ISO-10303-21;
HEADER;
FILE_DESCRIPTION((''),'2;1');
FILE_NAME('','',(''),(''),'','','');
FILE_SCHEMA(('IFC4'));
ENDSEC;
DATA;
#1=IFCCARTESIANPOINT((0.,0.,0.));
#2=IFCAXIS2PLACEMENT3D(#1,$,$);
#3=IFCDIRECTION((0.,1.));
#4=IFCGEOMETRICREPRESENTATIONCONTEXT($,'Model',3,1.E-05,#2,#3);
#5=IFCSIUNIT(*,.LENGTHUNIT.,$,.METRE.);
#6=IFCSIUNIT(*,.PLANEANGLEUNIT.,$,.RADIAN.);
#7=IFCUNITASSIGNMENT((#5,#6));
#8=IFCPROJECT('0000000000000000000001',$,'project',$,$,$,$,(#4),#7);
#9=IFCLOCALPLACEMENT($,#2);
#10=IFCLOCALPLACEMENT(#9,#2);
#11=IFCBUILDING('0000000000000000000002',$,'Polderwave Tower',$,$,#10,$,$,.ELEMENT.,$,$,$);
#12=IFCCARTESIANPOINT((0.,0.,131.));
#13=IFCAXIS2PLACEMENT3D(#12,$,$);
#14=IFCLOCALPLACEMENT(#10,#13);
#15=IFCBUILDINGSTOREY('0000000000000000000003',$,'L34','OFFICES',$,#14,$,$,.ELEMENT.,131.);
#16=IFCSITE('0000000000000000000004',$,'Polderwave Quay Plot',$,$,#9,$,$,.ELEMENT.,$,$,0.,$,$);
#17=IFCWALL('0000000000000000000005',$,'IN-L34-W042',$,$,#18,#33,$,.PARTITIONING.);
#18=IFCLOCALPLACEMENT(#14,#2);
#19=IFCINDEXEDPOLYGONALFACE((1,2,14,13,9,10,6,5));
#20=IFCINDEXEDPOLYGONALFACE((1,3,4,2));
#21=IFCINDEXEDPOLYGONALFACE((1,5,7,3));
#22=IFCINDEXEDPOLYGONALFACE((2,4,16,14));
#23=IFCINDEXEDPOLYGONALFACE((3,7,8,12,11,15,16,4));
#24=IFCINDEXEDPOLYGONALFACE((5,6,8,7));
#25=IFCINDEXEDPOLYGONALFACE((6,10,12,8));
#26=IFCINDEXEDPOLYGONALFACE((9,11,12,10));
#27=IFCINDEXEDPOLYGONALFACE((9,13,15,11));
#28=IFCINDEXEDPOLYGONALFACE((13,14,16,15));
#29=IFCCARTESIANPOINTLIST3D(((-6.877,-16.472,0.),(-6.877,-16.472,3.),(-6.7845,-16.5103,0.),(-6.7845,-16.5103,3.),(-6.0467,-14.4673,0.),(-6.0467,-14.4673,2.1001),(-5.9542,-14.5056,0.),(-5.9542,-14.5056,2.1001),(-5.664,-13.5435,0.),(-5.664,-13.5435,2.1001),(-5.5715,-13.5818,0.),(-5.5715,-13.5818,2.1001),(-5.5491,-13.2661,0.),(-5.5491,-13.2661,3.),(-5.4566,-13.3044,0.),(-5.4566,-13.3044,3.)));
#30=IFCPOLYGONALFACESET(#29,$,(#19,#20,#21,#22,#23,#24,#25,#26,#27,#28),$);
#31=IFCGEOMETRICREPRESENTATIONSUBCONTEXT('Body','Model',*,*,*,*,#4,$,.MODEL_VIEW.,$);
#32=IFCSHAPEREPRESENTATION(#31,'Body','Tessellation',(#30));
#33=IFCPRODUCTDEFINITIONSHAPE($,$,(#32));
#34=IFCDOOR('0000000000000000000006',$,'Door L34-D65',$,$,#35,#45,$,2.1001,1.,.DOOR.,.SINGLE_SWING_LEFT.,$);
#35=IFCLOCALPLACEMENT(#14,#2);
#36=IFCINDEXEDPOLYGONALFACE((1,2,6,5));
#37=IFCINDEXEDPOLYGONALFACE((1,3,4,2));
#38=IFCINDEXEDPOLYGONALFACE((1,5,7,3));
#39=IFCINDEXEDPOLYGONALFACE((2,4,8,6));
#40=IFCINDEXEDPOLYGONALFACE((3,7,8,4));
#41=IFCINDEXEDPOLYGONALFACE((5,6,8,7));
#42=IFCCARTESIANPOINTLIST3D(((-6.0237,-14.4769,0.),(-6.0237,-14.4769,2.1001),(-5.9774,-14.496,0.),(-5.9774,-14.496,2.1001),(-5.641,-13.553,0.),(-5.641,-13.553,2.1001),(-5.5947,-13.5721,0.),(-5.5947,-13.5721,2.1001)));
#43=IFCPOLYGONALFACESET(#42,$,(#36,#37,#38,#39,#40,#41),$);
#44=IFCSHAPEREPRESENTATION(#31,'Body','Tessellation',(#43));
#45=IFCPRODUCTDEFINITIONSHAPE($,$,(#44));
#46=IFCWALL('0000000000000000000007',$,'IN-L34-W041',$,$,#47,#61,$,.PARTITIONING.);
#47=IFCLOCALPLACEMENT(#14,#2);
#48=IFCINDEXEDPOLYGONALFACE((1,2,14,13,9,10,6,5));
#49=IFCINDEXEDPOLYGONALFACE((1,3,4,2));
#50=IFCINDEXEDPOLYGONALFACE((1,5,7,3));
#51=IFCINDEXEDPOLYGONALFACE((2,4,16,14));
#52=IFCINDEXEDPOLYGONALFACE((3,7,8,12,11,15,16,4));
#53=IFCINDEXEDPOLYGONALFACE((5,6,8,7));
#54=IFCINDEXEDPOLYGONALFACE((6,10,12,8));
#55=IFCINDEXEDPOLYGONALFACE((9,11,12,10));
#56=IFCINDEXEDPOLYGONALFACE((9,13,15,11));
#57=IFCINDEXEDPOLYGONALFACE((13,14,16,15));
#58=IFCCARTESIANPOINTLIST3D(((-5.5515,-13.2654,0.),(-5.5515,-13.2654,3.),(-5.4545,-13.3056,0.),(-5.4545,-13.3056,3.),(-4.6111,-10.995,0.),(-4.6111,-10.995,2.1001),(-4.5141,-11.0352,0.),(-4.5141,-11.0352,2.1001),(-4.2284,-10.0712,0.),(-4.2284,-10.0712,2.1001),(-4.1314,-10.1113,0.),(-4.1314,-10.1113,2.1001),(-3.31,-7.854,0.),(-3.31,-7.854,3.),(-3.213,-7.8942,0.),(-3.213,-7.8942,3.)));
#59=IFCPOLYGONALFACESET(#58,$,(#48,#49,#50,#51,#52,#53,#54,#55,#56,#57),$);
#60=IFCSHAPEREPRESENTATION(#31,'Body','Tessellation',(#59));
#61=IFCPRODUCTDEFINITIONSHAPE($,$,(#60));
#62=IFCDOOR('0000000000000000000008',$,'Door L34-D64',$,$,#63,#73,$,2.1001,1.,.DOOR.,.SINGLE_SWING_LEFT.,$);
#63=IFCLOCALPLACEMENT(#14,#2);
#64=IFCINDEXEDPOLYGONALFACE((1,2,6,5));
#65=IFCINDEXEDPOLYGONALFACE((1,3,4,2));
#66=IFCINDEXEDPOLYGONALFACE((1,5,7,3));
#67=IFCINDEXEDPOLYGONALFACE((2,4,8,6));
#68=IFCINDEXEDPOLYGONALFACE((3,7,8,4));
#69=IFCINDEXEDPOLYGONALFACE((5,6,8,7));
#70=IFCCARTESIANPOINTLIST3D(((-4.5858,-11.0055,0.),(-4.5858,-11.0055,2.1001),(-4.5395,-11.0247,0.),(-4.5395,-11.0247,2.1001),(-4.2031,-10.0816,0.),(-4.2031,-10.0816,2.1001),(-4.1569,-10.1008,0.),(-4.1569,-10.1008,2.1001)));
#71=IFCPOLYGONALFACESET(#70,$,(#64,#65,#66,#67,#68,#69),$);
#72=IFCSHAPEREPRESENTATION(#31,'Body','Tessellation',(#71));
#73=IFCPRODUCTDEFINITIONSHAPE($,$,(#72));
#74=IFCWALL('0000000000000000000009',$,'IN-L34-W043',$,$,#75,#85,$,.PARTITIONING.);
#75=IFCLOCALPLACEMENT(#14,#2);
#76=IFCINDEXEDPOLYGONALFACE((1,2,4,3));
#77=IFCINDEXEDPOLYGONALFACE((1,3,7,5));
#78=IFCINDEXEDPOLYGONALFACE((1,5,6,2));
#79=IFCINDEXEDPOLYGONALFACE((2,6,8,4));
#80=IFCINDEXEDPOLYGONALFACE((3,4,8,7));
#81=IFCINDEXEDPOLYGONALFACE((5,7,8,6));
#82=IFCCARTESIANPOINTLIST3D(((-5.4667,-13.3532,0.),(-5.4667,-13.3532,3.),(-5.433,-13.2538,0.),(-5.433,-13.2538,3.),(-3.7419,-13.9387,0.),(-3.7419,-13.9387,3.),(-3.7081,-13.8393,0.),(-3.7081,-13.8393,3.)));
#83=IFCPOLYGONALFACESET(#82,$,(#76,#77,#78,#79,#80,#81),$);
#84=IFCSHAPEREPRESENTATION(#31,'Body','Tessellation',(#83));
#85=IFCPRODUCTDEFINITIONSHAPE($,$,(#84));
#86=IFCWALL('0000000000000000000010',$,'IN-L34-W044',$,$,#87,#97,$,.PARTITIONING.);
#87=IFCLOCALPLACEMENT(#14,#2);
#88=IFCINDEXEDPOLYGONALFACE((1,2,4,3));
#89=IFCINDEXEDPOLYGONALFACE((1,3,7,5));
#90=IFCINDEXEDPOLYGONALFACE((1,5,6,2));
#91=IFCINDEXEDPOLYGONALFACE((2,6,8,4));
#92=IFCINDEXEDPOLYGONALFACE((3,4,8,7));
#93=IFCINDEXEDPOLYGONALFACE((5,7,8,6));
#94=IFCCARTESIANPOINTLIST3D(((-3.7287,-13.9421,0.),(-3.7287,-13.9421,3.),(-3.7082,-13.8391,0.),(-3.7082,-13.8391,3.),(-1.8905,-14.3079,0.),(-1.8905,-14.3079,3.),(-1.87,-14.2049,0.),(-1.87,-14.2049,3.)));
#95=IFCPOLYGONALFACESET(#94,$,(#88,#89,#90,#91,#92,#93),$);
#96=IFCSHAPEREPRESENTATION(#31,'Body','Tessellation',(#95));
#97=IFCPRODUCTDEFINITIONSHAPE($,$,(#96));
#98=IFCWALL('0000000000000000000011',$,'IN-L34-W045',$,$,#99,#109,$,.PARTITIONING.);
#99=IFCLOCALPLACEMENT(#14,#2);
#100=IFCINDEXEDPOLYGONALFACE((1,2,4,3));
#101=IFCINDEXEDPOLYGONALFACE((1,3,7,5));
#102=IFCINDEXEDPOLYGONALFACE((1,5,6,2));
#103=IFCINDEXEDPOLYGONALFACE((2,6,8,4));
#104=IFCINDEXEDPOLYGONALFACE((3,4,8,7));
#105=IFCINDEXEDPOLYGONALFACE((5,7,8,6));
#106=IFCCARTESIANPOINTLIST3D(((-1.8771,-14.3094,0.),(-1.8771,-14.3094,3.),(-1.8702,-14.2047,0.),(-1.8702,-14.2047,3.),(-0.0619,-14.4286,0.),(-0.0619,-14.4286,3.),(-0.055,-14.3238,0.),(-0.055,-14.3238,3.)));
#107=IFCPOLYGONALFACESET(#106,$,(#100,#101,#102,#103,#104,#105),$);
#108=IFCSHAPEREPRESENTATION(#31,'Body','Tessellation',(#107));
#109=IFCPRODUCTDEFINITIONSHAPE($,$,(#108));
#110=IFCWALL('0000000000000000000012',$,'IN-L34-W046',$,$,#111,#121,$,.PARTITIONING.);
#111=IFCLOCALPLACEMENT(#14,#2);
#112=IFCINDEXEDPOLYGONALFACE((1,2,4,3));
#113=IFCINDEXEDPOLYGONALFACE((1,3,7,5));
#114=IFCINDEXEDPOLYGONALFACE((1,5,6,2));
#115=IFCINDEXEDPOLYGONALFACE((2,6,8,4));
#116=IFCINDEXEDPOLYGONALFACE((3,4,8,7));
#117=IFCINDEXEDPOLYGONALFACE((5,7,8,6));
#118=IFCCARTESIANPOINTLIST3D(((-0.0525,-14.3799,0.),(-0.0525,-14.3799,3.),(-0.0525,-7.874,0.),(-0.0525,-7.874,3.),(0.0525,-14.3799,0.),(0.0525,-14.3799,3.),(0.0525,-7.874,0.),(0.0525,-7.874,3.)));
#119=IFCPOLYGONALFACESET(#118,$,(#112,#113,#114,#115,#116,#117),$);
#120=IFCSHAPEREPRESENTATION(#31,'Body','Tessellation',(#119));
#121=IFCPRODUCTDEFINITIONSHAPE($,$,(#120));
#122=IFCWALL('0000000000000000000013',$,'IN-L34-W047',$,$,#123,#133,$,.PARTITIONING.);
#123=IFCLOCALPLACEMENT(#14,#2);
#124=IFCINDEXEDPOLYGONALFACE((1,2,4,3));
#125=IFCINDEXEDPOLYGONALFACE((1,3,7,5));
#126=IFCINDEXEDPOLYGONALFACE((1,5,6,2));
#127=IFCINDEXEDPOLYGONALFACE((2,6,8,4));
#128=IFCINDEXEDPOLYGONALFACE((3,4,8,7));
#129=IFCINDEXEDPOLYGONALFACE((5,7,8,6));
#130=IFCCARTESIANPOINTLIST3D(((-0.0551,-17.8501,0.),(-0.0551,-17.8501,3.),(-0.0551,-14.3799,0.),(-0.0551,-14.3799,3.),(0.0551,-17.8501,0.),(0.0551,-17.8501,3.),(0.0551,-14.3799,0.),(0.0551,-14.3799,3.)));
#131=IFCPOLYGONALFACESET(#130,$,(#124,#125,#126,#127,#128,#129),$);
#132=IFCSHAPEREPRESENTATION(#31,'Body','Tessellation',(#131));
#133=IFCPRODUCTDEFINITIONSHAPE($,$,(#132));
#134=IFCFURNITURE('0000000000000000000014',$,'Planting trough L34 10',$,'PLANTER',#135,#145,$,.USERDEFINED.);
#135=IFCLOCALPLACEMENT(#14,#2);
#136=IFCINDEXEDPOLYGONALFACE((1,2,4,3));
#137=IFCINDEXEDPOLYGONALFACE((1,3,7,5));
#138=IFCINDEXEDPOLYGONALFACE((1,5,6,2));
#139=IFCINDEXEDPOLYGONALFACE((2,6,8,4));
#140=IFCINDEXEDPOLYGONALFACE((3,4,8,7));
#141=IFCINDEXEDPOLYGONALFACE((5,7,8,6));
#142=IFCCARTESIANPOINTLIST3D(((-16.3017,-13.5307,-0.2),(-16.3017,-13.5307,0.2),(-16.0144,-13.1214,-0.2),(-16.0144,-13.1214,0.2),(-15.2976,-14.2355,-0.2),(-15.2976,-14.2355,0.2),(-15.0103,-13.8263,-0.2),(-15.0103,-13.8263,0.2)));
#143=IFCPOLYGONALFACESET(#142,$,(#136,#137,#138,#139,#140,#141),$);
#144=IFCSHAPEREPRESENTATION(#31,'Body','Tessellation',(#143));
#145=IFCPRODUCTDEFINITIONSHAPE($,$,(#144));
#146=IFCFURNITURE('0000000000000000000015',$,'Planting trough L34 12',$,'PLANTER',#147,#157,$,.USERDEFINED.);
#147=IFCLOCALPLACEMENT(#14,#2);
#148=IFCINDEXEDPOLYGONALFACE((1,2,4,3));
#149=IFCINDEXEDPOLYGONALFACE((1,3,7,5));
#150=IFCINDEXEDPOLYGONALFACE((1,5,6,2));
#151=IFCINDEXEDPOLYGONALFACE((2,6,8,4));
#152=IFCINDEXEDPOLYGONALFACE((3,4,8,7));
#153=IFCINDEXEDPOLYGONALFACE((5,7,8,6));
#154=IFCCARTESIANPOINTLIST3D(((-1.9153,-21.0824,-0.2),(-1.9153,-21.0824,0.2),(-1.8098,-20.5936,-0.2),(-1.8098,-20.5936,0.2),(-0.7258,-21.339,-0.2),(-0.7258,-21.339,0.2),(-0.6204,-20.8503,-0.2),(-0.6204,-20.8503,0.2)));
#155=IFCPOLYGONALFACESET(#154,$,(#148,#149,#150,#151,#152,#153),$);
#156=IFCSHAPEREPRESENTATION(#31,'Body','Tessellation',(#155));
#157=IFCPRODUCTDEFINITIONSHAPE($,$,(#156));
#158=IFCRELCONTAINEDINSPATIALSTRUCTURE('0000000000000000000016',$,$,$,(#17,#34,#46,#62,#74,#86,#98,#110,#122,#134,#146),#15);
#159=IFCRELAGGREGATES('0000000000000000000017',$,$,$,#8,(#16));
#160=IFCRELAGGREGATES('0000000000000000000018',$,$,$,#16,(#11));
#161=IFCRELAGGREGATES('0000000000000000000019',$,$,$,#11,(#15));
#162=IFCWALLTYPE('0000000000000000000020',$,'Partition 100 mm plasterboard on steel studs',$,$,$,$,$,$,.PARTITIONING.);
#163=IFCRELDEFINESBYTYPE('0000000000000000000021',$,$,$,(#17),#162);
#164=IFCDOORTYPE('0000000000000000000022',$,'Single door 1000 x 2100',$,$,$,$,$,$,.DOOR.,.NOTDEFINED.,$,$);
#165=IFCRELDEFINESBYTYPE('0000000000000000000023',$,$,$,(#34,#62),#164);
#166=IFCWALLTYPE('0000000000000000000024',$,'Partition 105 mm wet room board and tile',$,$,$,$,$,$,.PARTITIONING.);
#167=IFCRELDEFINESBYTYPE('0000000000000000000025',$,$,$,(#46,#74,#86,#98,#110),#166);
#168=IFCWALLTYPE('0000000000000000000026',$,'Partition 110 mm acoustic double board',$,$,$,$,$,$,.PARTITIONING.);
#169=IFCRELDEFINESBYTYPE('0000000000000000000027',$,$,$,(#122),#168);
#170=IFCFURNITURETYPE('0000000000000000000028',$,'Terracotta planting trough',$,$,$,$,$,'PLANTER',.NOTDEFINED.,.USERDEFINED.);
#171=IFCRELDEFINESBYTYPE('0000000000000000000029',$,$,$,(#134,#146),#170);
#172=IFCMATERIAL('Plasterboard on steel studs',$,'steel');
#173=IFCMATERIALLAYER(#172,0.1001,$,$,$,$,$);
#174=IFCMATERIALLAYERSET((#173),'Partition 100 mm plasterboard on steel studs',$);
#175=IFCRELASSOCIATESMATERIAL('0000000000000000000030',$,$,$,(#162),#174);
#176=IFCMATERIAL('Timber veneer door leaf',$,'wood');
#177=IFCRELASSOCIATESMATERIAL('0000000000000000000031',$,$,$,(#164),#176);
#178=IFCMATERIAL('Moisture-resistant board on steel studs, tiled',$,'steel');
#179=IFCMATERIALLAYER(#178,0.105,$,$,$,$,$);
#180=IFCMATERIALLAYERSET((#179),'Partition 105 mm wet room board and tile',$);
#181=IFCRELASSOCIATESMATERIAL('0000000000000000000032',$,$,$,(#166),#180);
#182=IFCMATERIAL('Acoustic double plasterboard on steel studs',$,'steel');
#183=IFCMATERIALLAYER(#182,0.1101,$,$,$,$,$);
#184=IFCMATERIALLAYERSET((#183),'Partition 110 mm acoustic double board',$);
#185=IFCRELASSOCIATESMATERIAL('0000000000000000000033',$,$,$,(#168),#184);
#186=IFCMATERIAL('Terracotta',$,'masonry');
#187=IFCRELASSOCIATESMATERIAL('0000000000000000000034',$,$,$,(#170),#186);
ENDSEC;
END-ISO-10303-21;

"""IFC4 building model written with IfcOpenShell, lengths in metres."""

from ifc_helpers import new_model, si_unit, direction, frame, frame_2d, origin, origin_2d, place, context, subcontext, project, spatial, rectangle, extrude, material, layer, layer_set, type_object, element, fill, save


model = new_model("IFC4")

# Units and contexts
model_context = context("Model", 3, precision=1e-05, world=origin(), true_north=direction((0.0, 1.0)))
body_context = subcontext(model_context, "Body", "Model", "MODEL_VIEW")
ifc_project = project(units=[si_unit("LENGTHUNIT", "METRE"), si_unit("PLANEANGLEUNIT", "RADIAN")], contexts=[model_context])

# Site, building, storey
site_placement = place(None, origin())
site = spatial("IfcSite", under=ifc_project, at=site_placement, Name="Polderwave Quay Plot", CompositionType="ELEMENT", RefElevation=0.0)
building_placement = place(site_placement, origin())
building = spatial("IfcBuilding", under=site, at=building_placement, Name="Polderwave Tower", CompositionType="ELEMENT")
storey_placement = place(building_placement, frame((0.0, 0.0, 131.0)))
storey = spatial("IfcBuildingStorey", under=building, at=storey_placement, Name="L34", Description="OFFICES", CompositionType="ELEMENT", Elevation=131.0)

# Walls, openings, doors
ifc_material_1 = material(Name="Plasterboard on steel studs", Category="steel")
ifc_layer_1 = layer(ifc_material_1, 0.1001)
ifc_layer_set_1 = layer_set([ifc_layer_1], Name="Partition 100 mm plasterboard on steel studs")
wall_type_1 = type_object("IfcWallType", Name="Partition 100 mm plasterboard on steel studs", PredefinedType="PARTITIONING", material=ifc_layer_set_1)
ifc_material_2 = material(Name="Timber veneer door leaf", Category="wood")
door_type = type_object("IfcDoorType", Name="Single door 1000 x 2100", OperationType="NOTDEFINED", PredefinedType="DOOR", material=ifc_material_2)
wall_1_placement = place(storey_placement, frame((-5.5029, -13.2854, 0.0), z_axis=(0.0, 0.0, 1.0), x_axis=(-0.382681, -0.92388, 0.0)))
wall_1 = element("IfcWall", 1, at=wall_1_placement, inside=storey, type_object=wall_type_1, Name="IN-L34-W042", PredefinedType="PARTITIONING", context=body_context, shape_type="SweptSolid", body=[
    extrude(rectangle(XDim=3.47, YDim=0.1001, at=frame_2d((1.7349, 0.0))), origin(), (0.0, 0.0, 1.0), 3.0),
])
opening_1_placement = place(wall_1_placement, frame((0.3, 0.0, 0.0)))
opening_1 = element("IfcOpeningElement", 2, at=opening_1_placement, cuts=wall_1, PredefinedType="OPENING", context=body_context, shape_type="SweptSolid", body=[
    extrude(rectangle(XDim=1.0, YDim=2.1001, at=frame_2d((0.5, 1.05))), frame((0.0, 0.0601, 0.0), z_axis=(0.0, -1.0, 0.0), x_axis=(1.0, 0.0, 0.0)), (0.0, 0.0, 1.0), 0.1201),
])
door_1_placement = place(opening_1_placement, origin())
door_1 = element("IfcDoor", 3, at=door_1_placement, inside=storey, type_object=door_type, Name="Door L34-D65", OperationType="SINGLE_SWING_LEFT", OverallHeight=2.1001, OverallWidth=1.0, PredefinedType="DOOR", context=body_context, shape_type="SweptSolid", body=[
    extrude(rectangle(XDim=1.0, YDim=2.1001, at=frame_2d((0.5, 1.05))), frame((0.0, 0.0249, 0.0), z_axis=(0.0, -1.0, 0.0), x_axis=(1.0, 0.0, 0.0)), (0.0, 0.0, 1.0), 0.05),
])
fill(opening_1, door_1)
ifc_material_3 = material(Name="Moisture-resistant board on steel studs, tiled", Category="steel")
ifc_layer_2 = layer(ifc_material_3, 0.105)
ifc_layer_set_2 = layer_set([ifc_layer_2], Name="Partition 105 mm wet room board and tile")
wall_type_2 = type_object("IfcWallType", Name="Partition 105 mm wet room board and tile", PredefinedType="PARTITIONING", material=ifc_layer_set_2)
wall_2_placement = place(storey_placement, frame((-3.2615, -7.874, 0.0), z_axis=(0.0, 0.0, 1.0), x_axis=(-0.382682, -0.92388, 0.0)))
wall_2 = element("IfcWall", 4, at=wall_2_placement, inside=storey, type_object=wall_type_2, Name="IN-L34-W041", PredefinedType="PARTITIONING", context=body_context, shape_type="SweptSolid", body=[
    extrude(rectangle(XDim=5.8572, YDim=0.105, at=frame_2d((2.9287, 0.0))), origin(), (0.0, 0.0, 1.0), 3.0),
])
opening_2_placement = place(wall_2_placement, frame((2.3999, 0.0, 0.0)))
opening_2 = element("IfcOpeningElement", 5, at=opening_2_placement, cuts=wall_2, PredefinedType="OPENING", context=body_context, shape_type="SweptSolid", body=[
    extrude(rectangle(XDim=1.0, YDim=2.1001, at=frame_2d((0.5, 1.05))), frame((0.0, 0.0625, 0.0), z_axis=(0.0, -1.0, 0.0), x_axis=(1.0, 0.0, 0.0)), (0.0, 0.0, 1.0), 0.125),
])
door_2_placement = place(opening_2_placement, origin())
door_2 = element("IfcDoor", 6, at=door_2_placement, inside=storey, type_object=door_type, Name="Door L34-D64", OperationType="SINGLE_SWING_LEFT", OverallHeight=2.1001, OverallWidth=1.0, PredefinedType="DOOR", context=body_context, shape_type="SweptSolid", body=[
    extrude(rectangle(XDim=1.0, YDim=2.1001, at=frame_2d((0.5, 1.05))), frame((0.0, 0.0249, 0.0), z_axis=(0.0, -1.0, 0.0), x_axis=(1.0, 0.0, 0.0)), (0.0, 0.0, 1.0), 0.05),
])
fill(opening_2, door_2)

# Walls
wall_3_placement = place(storey_placement, frame((-3.7251, -13.8889, 0.0), z_axis=(0.0, 0.0, 1.0), x_axis=(-0.94694, 0.32141, 0.0)))
element("IfcWall", 7, at=wall_3_placement, inside=storey, type_object=wall_type_2, Name="IN-L34-W043", PredefinedType="PARTITIONING", context=body_context, shape_type="SweptSolid", body=[
    extrude(rectangle(XDim=1.8215, YDim=0.105, at=frame_2d((0.9106, 0.0))), origin(), (0.0, 0.0, 1.0), 3.0),
])
wall_4_placement = place(storey_placement, frame((-1.8804, -14.2563, 0.0), z_axis=(0.0, 0.0, 1.0), x_axis=(-0.980776, 0.195139, 0.0)))
element("IfcWall", 8, at=wall_4_placement, inside=storey, type_object=wall_type_2, Name="IN-L34-W044", PredefinedType="PARTITIONING", context=body_context, shape_type="SweptSolid", body=[
    extrude(rectangle(XDim=1.8743, YDim=0.105, at=frame_2d((0.937, 0.0))), origin(), (0.0, 0.0, 1.0), 3.0),
])
wall_5_placement = place(storey_placement, frame((-0.0583, -14.3762, 0.0), z_axis=(0.0, 0.0, 1.0), x_axis=(-0.997853, 0.065495, 0.0)))
element("IfcWall", 9, at=wall_5_placement, inside=storey, type_object=wall_type_2, Name="IN-L34-W045", PredefinedType="PARTITIONING", context=body_context, shape_type="SweptSolid", body=[
    extrude(rectangle(XDim=1.8191, YDim=0.105, at=frame_2d((0.9097, 0.0))), origin(), (0.0, 0.0, 1.0), 3.0),
])
wall_6_placement = place(storey_placement, frame((0.0, -7.874, 0.0), z_axis=(0.0, 0.0, 1.0), x_axis=(0.0, -1.0, 0.0)))
element("IfcWall", 10, at=wall_6_placement, inside=storey, type_object=wall_type_2, Name="IN-L34-W046", PredefinedType="PARTITIONING", context=body_context, shape_type="SweptSolid", body=[
    extrude(rectangle(XDim=6.5059, YDim=0.105, at=frame_2d((3.2529, 0.0))), origin(), (0.0, 0.0, 1.0), 3.0),
])
ifc_material_4 = material(Name="Acoustic double plasterboard on steel studs", Category="steel")
ifc_layer_3 = layer(ifc_material_4, 0.1101)
ifc_layer_set_3 = layer_set([ifc_layer_3], Name="Partition 110 mm acoustic double board")
wall_type_3 = type_object("IfcWallType", Name="Partition 110 mm acoustic double board", PredefinedType="PARTITIONING", material=ifc_layer_set_3)
wall_7_placement = place(storey_placement, frame((0.0, -14.3799, 0.0), z_axis=(0.0, 0.0, 1.0), x_axis=(0.0, -1.0, 0.0)))
element("IfcWall", 11, at=wall_7_placement, inside=storey, type_object=wall_type_3, Name="IN-L34-W047", PredefinedType="PARTITIONING", context=body_context, shape_type="SweptSolid", body=[
    extrude(rectangle(XDim=3.4702, YDim=0.1101, at=frame_2d((1.7351, 0.0))), origin(), (0.0, 0.0, 1.0), 3.0),
])

# Furniture
ifc_material_5 = material(Name="Terracotta", Category="masonry")
furniture_type = type_object("IfcFurnitureType", Name="Terracotta planting trough", ElementType="PLANTER", AssemblyPlace="NOTDEFINED", PredefinedType="USERDEFINED", material=ifc_material_5)
furniture_1_placement = place(storey_placement, frame((-15.656, -13.6785, -0.2), z_axis=(0.0, 0.0, 1.0), x_axis=(0.818482, -0.574533, 0.0)))
element("IfcFurniture", 12, at=furniture_1_placement, inside=storey, type_object=furniture_type, Name="Planting trough L34 10", ObjectType="PLANTER", PredefinedType="USERDEFINED", context=body_context, shape_type="SweptSolid", body=[
    extrude(rectangle(XDim=1.2268, YDim=0.5, at=origin_2d()), origin(), (0.0, 0.0, 1.0), 0.3999),
])
furniture_2_placement = place(storey_placement, frame((-1.2678, -20.9663, -0.2), z_axis=(0.0, 0.0, 1.0), x_axis=(0.977504, -0.210915, 0.0)))
element("IfcFurniture", 13, at=furniture_2_placement, inside=storey, type_object=furniture_type, Name="Planting trough L34 12", ObjectType="PLANTER", PredefinedType="USERDEFINED", context=body_context, shape_type="SweptSolid", body=[
    extrude(rectangle(XDim=1.2168, YDim=0.5, at=origin_2d()), origin(), (0.0, 0.0, 1.0), 0.3999),
])

save(model, "model.ifc")
